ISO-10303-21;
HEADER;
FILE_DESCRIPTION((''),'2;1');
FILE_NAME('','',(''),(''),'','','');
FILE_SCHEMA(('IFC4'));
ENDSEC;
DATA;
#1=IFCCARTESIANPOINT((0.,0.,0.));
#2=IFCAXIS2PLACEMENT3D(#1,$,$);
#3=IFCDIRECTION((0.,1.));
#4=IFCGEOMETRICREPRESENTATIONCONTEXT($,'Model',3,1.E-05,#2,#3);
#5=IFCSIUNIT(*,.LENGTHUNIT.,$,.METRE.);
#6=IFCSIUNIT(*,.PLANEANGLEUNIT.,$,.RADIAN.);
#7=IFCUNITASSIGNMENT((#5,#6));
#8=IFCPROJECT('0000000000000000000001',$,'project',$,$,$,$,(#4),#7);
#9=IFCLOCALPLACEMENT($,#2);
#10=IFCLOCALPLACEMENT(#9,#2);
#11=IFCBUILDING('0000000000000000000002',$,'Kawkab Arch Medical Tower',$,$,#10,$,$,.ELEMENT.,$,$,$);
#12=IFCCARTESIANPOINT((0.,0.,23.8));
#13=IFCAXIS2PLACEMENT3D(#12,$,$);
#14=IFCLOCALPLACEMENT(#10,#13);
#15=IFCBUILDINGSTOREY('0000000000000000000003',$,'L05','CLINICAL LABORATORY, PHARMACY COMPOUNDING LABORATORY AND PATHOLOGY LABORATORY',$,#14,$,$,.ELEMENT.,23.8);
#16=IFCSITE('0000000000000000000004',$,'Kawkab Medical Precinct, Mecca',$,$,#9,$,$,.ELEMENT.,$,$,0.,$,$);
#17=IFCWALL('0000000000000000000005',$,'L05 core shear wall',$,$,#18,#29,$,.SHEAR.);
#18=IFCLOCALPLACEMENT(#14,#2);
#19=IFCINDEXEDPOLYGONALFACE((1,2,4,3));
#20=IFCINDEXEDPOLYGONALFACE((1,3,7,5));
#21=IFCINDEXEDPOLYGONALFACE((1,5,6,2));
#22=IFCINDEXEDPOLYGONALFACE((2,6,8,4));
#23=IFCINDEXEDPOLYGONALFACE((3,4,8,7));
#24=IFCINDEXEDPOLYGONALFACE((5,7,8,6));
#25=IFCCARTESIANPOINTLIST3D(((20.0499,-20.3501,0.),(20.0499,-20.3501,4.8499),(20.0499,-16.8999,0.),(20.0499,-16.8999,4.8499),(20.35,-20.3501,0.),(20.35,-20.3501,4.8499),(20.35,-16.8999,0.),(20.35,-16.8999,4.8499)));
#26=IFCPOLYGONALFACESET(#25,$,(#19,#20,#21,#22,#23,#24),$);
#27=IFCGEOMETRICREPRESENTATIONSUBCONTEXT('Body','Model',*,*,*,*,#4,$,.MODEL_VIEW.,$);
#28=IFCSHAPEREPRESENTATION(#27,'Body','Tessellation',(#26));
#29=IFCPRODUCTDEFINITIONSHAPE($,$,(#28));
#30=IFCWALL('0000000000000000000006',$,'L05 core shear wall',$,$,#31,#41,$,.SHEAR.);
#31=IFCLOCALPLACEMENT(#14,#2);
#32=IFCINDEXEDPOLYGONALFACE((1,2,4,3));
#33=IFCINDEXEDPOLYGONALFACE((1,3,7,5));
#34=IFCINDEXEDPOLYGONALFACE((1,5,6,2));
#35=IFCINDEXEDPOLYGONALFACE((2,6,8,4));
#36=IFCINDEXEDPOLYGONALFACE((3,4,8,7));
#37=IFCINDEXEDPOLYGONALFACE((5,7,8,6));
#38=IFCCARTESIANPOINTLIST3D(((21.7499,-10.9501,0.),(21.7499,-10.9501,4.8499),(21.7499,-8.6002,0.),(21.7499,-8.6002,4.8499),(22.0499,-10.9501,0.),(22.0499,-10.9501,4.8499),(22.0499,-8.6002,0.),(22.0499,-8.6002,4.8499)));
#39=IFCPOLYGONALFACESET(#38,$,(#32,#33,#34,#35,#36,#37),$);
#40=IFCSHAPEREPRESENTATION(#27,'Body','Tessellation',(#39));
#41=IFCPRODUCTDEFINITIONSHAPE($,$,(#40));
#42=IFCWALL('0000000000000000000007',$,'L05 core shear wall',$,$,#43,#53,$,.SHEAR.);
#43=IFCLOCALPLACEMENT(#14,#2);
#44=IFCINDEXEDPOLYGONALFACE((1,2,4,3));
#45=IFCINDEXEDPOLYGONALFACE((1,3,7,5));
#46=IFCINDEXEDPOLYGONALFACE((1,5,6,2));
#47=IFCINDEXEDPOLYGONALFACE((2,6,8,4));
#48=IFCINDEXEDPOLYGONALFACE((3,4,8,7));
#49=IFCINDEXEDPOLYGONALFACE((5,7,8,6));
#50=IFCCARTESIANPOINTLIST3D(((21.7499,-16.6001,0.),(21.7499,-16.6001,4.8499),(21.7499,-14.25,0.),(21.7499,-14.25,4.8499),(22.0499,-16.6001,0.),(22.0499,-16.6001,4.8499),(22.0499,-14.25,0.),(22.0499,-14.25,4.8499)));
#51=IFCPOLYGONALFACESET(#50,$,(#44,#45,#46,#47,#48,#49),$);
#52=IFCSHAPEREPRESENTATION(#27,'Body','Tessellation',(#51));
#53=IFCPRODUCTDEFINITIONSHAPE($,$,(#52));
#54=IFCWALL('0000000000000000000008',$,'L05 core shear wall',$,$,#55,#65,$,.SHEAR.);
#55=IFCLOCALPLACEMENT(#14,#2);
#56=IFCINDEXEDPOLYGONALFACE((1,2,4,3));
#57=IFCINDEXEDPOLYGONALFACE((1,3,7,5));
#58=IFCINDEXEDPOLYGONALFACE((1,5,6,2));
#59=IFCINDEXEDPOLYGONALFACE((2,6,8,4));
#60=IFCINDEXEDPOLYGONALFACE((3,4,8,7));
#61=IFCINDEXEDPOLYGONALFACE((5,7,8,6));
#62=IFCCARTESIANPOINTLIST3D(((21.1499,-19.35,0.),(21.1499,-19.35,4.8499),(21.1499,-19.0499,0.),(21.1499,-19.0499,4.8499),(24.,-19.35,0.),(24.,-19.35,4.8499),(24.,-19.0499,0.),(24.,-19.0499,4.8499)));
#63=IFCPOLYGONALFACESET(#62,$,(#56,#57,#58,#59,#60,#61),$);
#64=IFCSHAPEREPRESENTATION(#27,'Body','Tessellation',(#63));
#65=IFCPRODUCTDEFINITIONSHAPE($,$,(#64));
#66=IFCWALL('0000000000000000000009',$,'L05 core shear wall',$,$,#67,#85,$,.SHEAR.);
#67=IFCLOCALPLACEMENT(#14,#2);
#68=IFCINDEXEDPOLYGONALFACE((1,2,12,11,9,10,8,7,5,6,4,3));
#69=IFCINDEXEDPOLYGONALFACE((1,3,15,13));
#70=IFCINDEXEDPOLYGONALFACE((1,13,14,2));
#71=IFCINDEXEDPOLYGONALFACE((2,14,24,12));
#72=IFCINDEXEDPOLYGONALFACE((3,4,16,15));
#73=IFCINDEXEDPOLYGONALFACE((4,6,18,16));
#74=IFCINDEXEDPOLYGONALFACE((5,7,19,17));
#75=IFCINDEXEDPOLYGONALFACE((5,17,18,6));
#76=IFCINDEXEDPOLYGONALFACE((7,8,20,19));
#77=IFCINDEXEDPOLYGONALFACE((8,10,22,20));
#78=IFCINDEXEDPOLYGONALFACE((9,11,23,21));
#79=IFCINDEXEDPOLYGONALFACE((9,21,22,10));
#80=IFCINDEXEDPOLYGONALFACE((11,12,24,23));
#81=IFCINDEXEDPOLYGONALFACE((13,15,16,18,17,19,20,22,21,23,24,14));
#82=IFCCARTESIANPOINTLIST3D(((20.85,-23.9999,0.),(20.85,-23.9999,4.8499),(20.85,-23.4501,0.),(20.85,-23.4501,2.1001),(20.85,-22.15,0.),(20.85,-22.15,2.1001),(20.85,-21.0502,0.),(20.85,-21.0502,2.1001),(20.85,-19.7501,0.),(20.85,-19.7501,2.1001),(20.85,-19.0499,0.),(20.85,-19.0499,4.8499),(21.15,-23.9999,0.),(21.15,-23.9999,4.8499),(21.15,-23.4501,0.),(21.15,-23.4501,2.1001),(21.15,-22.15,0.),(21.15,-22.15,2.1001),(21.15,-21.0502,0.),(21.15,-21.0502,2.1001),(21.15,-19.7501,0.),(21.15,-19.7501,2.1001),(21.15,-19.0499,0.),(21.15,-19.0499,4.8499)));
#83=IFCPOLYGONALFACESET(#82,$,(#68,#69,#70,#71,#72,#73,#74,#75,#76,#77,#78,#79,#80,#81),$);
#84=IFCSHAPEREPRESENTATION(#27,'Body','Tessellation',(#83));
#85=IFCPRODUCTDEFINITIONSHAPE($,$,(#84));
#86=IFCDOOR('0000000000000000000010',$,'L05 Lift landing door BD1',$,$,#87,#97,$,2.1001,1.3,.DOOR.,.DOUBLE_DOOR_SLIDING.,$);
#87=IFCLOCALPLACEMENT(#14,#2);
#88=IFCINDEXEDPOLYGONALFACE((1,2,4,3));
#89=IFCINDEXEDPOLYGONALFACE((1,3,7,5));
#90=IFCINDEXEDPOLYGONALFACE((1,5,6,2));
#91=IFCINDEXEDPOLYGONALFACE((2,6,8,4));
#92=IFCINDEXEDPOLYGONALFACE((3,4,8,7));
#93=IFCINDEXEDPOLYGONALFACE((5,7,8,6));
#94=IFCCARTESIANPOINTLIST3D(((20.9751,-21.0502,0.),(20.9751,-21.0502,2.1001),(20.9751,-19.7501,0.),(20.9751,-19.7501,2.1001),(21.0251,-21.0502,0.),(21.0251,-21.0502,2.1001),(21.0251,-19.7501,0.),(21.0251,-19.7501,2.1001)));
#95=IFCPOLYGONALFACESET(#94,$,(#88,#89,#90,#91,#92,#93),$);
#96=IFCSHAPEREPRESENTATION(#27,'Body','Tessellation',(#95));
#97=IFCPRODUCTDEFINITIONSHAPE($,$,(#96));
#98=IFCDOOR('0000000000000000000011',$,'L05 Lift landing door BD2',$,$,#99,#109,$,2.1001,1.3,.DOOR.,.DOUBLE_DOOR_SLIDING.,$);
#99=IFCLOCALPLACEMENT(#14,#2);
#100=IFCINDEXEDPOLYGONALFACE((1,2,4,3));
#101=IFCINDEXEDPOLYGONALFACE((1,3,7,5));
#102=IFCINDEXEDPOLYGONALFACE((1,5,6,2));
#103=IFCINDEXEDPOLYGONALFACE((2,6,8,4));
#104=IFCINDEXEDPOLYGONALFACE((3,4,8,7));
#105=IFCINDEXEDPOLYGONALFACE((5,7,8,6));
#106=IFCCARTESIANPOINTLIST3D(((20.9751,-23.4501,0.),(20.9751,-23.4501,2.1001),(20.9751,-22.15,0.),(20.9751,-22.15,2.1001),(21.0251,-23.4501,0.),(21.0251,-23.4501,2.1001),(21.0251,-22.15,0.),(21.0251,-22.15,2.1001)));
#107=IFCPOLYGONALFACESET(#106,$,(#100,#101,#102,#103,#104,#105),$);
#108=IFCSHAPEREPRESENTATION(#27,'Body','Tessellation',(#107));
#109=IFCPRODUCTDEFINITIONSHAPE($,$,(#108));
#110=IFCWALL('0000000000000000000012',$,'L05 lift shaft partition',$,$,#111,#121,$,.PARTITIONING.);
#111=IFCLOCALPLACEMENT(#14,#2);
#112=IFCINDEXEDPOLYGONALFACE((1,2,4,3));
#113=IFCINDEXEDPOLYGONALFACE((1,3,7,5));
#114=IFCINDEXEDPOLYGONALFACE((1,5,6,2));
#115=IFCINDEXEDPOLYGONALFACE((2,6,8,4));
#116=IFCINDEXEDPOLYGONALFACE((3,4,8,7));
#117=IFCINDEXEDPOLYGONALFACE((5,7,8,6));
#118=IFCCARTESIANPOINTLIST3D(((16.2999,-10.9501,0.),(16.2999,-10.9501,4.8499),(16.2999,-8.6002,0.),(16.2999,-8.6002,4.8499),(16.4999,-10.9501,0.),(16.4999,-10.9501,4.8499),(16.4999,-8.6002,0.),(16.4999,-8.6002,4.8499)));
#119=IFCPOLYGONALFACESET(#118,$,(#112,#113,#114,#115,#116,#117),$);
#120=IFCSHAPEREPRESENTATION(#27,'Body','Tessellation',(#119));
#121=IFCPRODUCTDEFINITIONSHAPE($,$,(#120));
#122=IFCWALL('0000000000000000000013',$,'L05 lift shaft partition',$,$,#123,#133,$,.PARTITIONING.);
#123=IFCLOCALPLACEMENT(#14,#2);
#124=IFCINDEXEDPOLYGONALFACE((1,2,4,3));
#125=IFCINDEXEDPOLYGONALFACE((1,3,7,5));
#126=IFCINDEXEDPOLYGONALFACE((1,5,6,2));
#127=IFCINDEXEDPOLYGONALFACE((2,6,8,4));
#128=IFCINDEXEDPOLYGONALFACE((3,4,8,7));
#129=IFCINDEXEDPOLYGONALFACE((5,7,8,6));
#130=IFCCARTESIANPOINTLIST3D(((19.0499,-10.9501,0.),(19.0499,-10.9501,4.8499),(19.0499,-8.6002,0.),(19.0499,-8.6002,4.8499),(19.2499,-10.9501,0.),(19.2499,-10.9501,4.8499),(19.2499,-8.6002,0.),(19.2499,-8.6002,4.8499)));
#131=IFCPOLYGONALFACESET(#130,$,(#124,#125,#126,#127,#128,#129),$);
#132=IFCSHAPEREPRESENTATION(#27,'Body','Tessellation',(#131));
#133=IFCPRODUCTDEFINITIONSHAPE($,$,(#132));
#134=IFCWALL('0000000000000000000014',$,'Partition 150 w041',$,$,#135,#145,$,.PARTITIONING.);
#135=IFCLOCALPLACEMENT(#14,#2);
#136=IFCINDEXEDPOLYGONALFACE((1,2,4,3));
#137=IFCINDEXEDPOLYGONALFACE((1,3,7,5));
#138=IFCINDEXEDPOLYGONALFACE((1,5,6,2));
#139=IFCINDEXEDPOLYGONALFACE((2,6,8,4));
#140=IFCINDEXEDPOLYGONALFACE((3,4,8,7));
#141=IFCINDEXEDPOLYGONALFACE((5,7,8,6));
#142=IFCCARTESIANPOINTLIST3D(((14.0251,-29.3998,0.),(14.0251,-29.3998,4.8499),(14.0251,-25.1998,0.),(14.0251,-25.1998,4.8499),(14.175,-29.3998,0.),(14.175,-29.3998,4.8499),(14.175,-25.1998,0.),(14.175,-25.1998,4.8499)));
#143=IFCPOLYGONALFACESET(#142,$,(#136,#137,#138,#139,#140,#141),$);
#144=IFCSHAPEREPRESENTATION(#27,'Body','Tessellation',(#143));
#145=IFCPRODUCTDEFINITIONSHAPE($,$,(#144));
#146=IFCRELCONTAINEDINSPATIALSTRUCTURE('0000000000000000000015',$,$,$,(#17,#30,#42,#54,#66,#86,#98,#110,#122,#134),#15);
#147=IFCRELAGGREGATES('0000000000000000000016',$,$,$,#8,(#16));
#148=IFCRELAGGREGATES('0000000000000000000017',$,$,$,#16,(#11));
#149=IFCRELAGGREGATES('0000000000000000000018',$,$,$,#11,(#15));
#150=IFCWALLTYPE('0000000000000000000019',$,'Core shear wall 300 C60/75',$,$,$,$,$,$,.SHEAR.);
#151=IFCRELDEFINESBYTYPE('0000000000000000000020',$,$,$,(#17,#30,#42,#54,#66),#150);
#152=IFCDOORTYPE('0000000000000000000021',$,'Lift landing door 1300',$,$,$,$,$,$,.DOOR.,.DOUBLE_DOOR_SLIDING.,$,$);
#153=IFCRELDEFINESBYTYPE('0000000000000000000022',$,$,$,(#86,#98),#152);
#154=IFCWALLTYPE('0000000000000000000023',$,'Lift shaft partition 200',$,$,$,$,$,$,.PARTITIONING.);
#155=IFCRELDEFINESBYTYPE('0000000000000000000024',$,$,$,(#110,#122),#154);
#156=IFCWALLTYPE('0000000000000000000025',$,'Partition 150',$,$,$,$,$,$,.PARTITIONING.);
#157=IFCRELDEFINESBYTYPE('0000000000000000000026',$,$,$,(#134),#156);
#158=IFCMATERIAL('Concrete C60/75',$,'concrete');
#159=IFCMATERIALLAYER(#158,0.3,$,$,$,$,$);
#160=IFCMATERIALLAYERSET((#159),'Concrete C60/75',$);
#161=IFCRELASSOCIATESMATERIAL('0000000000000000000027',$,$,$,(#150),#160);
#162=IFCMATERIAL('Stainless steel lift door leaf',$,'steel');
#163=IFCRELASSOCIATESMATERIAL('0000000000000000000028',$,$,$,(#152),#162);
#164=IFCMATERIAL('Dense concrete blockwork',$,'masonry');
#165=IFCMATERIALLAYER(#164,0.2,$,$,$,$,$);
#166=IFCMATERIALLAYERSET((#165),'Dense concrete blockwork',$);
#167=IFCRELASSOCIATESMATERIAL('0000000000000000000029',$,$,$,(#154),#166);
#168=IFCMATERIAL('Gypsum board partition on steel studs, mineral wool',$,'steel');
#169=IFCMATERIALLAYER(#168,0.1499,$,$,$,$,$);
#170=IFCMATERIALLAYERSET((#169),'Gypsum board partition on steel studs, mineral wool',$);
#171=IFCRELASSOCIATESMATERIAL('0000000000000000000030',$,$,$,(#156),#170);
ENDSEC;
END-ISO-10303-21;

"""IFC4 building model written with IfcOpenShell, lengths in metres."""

from ifc_helpers import new_model, si_unit, direction, frame, frame_2d, origin, place, context, subcontext, project, spatial, rectangle, extrude, material, layer, layer_set, type_object, element, fill, save


model = new_model("IFC4")

# Units and contexts
model_context = context("Model", 3, precision=1e-05, world=origin(), true_north=direction((0.0, 1.0)))
body_context = subcontext(model_context, "Body", "Model", "MODEL_VIEW")
ifc_project = project(units=[si_unit("LENGTHUNIT", "METRE"), si_unit("PLANEANGLEUNIT", "RADIAN")], contexts=[model_context])

# Site, building, storey
site_placement = place(None, origin())
site = spatial("IfcSite", under=ifc_project, at=site_placement, Name="Kawkab Medical Precinct, Mecca", CompositionType="ELEMENT", RefElevation=0.0)
building_placement = place(site_placement, origin())
building = spatial("IfcBuilding", under=site, at=building_placement, Name="Kawkab Arch Medical Tower", CompositionType="ELEMENT")
storey_placement = place(building_placement, frame((0.0, 0.0, 23.8)))
storey = spatial("IfcBuildingStorey", under=building, at=storey_placement, Name="L05", Description="CLINICAL LABORATORY, PHARMACY COMPOUNDING LABORATORY AND PATHOLOGY LABORATORY", CompositionType="ELEMENT", Elevation=23.8)

# Walls
ifc_material_1 = material(Name="Concrete C60/75", Category="concrete")
ifc_layer_1 = layer(ifc_material_1, 0.3)
ifc_layer_set_1 = layer_set([ifc_layer_1], Name="Concrete C60/75")
wall_type_1 = type_object("IfcWallType", Name="Core shear wall 300 C60/75", PredefinedType="SHEAR", material=ifc_layer_set_1)
wall_1_placement = place(storey_placement, frame((20.2, -20.3501, 0.0), z_axis=(0.0, 0.0, 1.0), x_axis=(0.0, 1.0, 0.0)))
element("IfcWall", 1, at=wall_1_placement, inside=storey, type_object=wall_type_1, Name="L05 core shear wall", PredefinedType="SHEAR", context=body_context, shape_type="SweptSolid", body=[
    extrude(rectangle(XDim=3.4502, YDim=0.3, at=frame_2d((1.7251, 0.0))), origin(), (0.0, 0.0, 1.0), 4.8499),
])
wall_2_placement = place(storey_placement, frame((21.8999, -10.95, 0.0), z_axis=(0.0, 0.0, 1.0), x_axis=(0.0, 1.0, 0.0)))
element("IfcWall", 2, at=wall_2_placement, inside=storey, type_object=wall_type_1, Name="L05 core shear wall", PredefinedType="SHEAR", context=body_context, shape_type="SweptSolid", body=[
    extrude(rectangle(XDim=2.3499, YDim=0.3, at=frame_2d((1.1748, 0.0))), origin(), (0.0, 0.0, 1.0), 4.8499),
])
wall_3_placement = place(storey_placement, frame((21.8999, -16.6001, 0.0), z_axis=(0.0, 0.0, 1.0), x_axis=(0.0, 1.0, 0.0)))
element("IfcWall", 3, at=wall_3_placement, inside=storey, type_object=wall_type_1, Name="L05 core shear wall", PredefinedType="SHEAR", context=body_context, shape_type="SweptSolid", body=[
    extrude(rectangle(XDim=2.3501, YDim=0.3, at=frame_2d((1.175, 0.0))), origin(), (0.0, 0.0, 1.0), 4.8499),
])
wall_4_placement = place(storey_placement, frame((21.1499, -19.2, 0.0), z_axis=(0.0, 0.0, 1.0), x_axis=(1.0, 0.0, 0.0)))
element("IfcWall", 4, at=wall_4_placement, inside=storey, type_object=wall_type_1, Name="L05 core shear wall", PredefinedType="SHEAR", context=body_context, shape_type="SweptSolid", body=[
    extrude(rectangle(XDim=2.8501, YDim=0.3, at=frame_2d((1.425, 0.0))), origin(), (0.0, 0.0, 1.0), 4.8499),
])

# Wall, openings, doors
wall_5_placement = place(storey_placement, frame((21.0, -24.0, 0.0), z_axis=(0.0, 0.0, 1.0), x_axis=(0.0, 1.0, 0.0)))
wall_5 = element("IfcWall", 5, at=wall_5_placement, inside=storey, type_object=wall_type_1, Name="L05 core shear wall", PredefinedType="SHEAR", context=body_context, shape_type="SweptSolid", body=[
    extrude(rectangle(XDim=4.95, YDim=0.3, at=frame_2d((2.4751, 0.0))), origin(), (0.0, 0.0, 1.0), 4.8499),
])
opening_1_placement = place(wall_5_placement, frame((2.95, 0.0, 0.0)))
opening_1 = element("IfcOpeningElement", 6, at=opening_1_placement, cuts=wall_5, PredefinedType="OPENING", context=body_context, shape_type="SweptSolid", body=[
    extrude(rectangle(XDim=1.3, YDim=2.1001, at=frame_2d((0.6499, 1.05))), frame((0.0, 0.1599, 0.0), z_axis=(0.0, -1.0, 0.0), x_axis=(1.0, 0.0, 0.0)), (0.0, 0.0, 1.0), 0.3201),
])
opening_2_placement = place(wall_5_placement, frame((0.55, 0.0, 0.0)))
opening_2 = element("IfcOpeningElement", 7, at=opening_2_placement, cuts=wall_5, PredefinedType="OPENING", context=body_context, shape_type="SweptSolid", body=[
    extrude(rectangle(XDim=1.3, YDim=2.1001, at=frame_2d((0.6499, 1.05))), frame((0.0, 0.1599, 0.0), z_axis=(0.0, -1.0, 0.0), x_axis=(1.0, 0.0, 0.0)), (0.0, 0.0, 1.0), 0.3201),
])
ifc_material_2 = material(Name="Stainless steel lift door leaf", Category="steel")
door_type_1 = type_object("IfcDoorType", Name="Lift landing door 1300", OperationType="DOUBLE_DOOR_SLIDING", PredefinedType="DOOR", material=ifc_material_2)
door_1_placement = place(opening_1_placement, origin())
door_1 = element("IfcDoor", 8, at=door_1_placement, inside=storey, type_object=door_type_1, Name="L05 Lift landing door BD1", OperationType="DOUBLE_DOOR_SLIDING", OverallHeight=2.1001, OverallWidth=1.3, PredefinedType="DOOR", context=body_context, shape_type="SweptSolid", body=[
    extrude(rectangle(XDim=1.3, YDim=2.1001, at=frame_2d((0.6499, 1.05))), frame((0.0, 0.0249, 0.0), z_axis=(0.0, -1.0, 0.0), x_axis=(1.0, 0.0, 0.0)), (0.0, 0.0, 1.0), 0.05),
])
fill(opening_1, door_1)
door_2_placement = place(opening_2_placement, origin())
door_2 = element("IfcDoor", 9, at=door_2_placement, inside=storey, type_object=door_type_1, Name="L05 Lift landing door BD2", OperationType="DOUBLE_DOOR_SLIDING", OverallHeight=2.1001, OverallWidth=1.3, PredefinedType="DOOR", context=body_context, shape_type="SweptSolid", body=[
    extrude(rectangle(XDim=1.3, YDim=2.1001, at=frame_2d((0.6499, 1.05))), frame((0.0, 0.0249, 0.0), z_axis=(0.0, -1.0, 0.0), x_axis=(1.0, 0.0, 0.0)), (0.0, 0.0, 1.0), 0.05),
])
fill(opening_2, door_2)

# Walls
ifc_material_3 = material(Name="Dense concrete blockwork", Category="masonry")
ifc_layer_2 = layer(ifc_material_3, 0.2)
ifc_layer_set_2 = layer_set([ifc_layer_2], Name="Dense concrete blockwork")
wall_type_2 = type_object("IfcWallType", Name="Lift shaft partition 200", PredefinedType="PARTITIONING", material=ifc_layer_set_2)
for number, where, z_axis, x_axis, name in (
    (10, (16.3999, -10.95, 0.0), (0.0, 0.0, 1.0), (0.0, 1.0, 0.0), "L05 lift shaft partition"),
    (11, (19.1499, -10.95, 0.0), (0.0, 0.0, 1.0), (0.0, 1.0, 0.0), "L05 lift shaft partition"),
):
    element("IfcWall", number, at=place(storey_placement, frame(where, z_axis=z_axis, x_axis=x_axis)), inside=storey, type_object=wall_type_2, Name=name, PredefinedType="PARTITIONING", context=body_context, shape_type="SweptSolid", body=[
        extrude(rectangle(XDim=2.3499, YDim=0.2, at=frame_2d((1.1748, 0.0))), origin(), (0.0, 0.0, 1.0), 4.8499),
    ])
ifc_material_4 = material(Name="Gypsum board partition on steel studs, mineral wool", Category="steel")
ifc_layer_3 = layer(ifc_material_4, 0.1499)
ifc_layer_set_3 = layer_set([ifc_layer_3], Name="Gypsum board partition on steel studs, mineral wool")
wall_type_3 = type_object("IfcWallType", Name="Partition 150", PredefinedType="PARTITIONING", material=ifc_layer_set_3)
wall_6_placement = place(storey_placement, frame((14.1001, -29.3999, 0.0), z_axis=(0.0, 0.0, 1.0), x_axis=(0.0, 1.0, 0.0)))
element("IfcWall", 12, at=wall_6_placement, inside=storey, type_object=wall_type_3, Name="Partition 150 w041", PredefinedType="PARTITIONING", context=body_context, shape_type="SweptSolid", body=[
    extrude(rectangle(XDim=4.2, YDim=0.1499, at=frame_2d((2.1001, 0.0))), origin(), (0.0, 0.0, 1.0), 4.8499),
])

save(model, "model.ifc")
